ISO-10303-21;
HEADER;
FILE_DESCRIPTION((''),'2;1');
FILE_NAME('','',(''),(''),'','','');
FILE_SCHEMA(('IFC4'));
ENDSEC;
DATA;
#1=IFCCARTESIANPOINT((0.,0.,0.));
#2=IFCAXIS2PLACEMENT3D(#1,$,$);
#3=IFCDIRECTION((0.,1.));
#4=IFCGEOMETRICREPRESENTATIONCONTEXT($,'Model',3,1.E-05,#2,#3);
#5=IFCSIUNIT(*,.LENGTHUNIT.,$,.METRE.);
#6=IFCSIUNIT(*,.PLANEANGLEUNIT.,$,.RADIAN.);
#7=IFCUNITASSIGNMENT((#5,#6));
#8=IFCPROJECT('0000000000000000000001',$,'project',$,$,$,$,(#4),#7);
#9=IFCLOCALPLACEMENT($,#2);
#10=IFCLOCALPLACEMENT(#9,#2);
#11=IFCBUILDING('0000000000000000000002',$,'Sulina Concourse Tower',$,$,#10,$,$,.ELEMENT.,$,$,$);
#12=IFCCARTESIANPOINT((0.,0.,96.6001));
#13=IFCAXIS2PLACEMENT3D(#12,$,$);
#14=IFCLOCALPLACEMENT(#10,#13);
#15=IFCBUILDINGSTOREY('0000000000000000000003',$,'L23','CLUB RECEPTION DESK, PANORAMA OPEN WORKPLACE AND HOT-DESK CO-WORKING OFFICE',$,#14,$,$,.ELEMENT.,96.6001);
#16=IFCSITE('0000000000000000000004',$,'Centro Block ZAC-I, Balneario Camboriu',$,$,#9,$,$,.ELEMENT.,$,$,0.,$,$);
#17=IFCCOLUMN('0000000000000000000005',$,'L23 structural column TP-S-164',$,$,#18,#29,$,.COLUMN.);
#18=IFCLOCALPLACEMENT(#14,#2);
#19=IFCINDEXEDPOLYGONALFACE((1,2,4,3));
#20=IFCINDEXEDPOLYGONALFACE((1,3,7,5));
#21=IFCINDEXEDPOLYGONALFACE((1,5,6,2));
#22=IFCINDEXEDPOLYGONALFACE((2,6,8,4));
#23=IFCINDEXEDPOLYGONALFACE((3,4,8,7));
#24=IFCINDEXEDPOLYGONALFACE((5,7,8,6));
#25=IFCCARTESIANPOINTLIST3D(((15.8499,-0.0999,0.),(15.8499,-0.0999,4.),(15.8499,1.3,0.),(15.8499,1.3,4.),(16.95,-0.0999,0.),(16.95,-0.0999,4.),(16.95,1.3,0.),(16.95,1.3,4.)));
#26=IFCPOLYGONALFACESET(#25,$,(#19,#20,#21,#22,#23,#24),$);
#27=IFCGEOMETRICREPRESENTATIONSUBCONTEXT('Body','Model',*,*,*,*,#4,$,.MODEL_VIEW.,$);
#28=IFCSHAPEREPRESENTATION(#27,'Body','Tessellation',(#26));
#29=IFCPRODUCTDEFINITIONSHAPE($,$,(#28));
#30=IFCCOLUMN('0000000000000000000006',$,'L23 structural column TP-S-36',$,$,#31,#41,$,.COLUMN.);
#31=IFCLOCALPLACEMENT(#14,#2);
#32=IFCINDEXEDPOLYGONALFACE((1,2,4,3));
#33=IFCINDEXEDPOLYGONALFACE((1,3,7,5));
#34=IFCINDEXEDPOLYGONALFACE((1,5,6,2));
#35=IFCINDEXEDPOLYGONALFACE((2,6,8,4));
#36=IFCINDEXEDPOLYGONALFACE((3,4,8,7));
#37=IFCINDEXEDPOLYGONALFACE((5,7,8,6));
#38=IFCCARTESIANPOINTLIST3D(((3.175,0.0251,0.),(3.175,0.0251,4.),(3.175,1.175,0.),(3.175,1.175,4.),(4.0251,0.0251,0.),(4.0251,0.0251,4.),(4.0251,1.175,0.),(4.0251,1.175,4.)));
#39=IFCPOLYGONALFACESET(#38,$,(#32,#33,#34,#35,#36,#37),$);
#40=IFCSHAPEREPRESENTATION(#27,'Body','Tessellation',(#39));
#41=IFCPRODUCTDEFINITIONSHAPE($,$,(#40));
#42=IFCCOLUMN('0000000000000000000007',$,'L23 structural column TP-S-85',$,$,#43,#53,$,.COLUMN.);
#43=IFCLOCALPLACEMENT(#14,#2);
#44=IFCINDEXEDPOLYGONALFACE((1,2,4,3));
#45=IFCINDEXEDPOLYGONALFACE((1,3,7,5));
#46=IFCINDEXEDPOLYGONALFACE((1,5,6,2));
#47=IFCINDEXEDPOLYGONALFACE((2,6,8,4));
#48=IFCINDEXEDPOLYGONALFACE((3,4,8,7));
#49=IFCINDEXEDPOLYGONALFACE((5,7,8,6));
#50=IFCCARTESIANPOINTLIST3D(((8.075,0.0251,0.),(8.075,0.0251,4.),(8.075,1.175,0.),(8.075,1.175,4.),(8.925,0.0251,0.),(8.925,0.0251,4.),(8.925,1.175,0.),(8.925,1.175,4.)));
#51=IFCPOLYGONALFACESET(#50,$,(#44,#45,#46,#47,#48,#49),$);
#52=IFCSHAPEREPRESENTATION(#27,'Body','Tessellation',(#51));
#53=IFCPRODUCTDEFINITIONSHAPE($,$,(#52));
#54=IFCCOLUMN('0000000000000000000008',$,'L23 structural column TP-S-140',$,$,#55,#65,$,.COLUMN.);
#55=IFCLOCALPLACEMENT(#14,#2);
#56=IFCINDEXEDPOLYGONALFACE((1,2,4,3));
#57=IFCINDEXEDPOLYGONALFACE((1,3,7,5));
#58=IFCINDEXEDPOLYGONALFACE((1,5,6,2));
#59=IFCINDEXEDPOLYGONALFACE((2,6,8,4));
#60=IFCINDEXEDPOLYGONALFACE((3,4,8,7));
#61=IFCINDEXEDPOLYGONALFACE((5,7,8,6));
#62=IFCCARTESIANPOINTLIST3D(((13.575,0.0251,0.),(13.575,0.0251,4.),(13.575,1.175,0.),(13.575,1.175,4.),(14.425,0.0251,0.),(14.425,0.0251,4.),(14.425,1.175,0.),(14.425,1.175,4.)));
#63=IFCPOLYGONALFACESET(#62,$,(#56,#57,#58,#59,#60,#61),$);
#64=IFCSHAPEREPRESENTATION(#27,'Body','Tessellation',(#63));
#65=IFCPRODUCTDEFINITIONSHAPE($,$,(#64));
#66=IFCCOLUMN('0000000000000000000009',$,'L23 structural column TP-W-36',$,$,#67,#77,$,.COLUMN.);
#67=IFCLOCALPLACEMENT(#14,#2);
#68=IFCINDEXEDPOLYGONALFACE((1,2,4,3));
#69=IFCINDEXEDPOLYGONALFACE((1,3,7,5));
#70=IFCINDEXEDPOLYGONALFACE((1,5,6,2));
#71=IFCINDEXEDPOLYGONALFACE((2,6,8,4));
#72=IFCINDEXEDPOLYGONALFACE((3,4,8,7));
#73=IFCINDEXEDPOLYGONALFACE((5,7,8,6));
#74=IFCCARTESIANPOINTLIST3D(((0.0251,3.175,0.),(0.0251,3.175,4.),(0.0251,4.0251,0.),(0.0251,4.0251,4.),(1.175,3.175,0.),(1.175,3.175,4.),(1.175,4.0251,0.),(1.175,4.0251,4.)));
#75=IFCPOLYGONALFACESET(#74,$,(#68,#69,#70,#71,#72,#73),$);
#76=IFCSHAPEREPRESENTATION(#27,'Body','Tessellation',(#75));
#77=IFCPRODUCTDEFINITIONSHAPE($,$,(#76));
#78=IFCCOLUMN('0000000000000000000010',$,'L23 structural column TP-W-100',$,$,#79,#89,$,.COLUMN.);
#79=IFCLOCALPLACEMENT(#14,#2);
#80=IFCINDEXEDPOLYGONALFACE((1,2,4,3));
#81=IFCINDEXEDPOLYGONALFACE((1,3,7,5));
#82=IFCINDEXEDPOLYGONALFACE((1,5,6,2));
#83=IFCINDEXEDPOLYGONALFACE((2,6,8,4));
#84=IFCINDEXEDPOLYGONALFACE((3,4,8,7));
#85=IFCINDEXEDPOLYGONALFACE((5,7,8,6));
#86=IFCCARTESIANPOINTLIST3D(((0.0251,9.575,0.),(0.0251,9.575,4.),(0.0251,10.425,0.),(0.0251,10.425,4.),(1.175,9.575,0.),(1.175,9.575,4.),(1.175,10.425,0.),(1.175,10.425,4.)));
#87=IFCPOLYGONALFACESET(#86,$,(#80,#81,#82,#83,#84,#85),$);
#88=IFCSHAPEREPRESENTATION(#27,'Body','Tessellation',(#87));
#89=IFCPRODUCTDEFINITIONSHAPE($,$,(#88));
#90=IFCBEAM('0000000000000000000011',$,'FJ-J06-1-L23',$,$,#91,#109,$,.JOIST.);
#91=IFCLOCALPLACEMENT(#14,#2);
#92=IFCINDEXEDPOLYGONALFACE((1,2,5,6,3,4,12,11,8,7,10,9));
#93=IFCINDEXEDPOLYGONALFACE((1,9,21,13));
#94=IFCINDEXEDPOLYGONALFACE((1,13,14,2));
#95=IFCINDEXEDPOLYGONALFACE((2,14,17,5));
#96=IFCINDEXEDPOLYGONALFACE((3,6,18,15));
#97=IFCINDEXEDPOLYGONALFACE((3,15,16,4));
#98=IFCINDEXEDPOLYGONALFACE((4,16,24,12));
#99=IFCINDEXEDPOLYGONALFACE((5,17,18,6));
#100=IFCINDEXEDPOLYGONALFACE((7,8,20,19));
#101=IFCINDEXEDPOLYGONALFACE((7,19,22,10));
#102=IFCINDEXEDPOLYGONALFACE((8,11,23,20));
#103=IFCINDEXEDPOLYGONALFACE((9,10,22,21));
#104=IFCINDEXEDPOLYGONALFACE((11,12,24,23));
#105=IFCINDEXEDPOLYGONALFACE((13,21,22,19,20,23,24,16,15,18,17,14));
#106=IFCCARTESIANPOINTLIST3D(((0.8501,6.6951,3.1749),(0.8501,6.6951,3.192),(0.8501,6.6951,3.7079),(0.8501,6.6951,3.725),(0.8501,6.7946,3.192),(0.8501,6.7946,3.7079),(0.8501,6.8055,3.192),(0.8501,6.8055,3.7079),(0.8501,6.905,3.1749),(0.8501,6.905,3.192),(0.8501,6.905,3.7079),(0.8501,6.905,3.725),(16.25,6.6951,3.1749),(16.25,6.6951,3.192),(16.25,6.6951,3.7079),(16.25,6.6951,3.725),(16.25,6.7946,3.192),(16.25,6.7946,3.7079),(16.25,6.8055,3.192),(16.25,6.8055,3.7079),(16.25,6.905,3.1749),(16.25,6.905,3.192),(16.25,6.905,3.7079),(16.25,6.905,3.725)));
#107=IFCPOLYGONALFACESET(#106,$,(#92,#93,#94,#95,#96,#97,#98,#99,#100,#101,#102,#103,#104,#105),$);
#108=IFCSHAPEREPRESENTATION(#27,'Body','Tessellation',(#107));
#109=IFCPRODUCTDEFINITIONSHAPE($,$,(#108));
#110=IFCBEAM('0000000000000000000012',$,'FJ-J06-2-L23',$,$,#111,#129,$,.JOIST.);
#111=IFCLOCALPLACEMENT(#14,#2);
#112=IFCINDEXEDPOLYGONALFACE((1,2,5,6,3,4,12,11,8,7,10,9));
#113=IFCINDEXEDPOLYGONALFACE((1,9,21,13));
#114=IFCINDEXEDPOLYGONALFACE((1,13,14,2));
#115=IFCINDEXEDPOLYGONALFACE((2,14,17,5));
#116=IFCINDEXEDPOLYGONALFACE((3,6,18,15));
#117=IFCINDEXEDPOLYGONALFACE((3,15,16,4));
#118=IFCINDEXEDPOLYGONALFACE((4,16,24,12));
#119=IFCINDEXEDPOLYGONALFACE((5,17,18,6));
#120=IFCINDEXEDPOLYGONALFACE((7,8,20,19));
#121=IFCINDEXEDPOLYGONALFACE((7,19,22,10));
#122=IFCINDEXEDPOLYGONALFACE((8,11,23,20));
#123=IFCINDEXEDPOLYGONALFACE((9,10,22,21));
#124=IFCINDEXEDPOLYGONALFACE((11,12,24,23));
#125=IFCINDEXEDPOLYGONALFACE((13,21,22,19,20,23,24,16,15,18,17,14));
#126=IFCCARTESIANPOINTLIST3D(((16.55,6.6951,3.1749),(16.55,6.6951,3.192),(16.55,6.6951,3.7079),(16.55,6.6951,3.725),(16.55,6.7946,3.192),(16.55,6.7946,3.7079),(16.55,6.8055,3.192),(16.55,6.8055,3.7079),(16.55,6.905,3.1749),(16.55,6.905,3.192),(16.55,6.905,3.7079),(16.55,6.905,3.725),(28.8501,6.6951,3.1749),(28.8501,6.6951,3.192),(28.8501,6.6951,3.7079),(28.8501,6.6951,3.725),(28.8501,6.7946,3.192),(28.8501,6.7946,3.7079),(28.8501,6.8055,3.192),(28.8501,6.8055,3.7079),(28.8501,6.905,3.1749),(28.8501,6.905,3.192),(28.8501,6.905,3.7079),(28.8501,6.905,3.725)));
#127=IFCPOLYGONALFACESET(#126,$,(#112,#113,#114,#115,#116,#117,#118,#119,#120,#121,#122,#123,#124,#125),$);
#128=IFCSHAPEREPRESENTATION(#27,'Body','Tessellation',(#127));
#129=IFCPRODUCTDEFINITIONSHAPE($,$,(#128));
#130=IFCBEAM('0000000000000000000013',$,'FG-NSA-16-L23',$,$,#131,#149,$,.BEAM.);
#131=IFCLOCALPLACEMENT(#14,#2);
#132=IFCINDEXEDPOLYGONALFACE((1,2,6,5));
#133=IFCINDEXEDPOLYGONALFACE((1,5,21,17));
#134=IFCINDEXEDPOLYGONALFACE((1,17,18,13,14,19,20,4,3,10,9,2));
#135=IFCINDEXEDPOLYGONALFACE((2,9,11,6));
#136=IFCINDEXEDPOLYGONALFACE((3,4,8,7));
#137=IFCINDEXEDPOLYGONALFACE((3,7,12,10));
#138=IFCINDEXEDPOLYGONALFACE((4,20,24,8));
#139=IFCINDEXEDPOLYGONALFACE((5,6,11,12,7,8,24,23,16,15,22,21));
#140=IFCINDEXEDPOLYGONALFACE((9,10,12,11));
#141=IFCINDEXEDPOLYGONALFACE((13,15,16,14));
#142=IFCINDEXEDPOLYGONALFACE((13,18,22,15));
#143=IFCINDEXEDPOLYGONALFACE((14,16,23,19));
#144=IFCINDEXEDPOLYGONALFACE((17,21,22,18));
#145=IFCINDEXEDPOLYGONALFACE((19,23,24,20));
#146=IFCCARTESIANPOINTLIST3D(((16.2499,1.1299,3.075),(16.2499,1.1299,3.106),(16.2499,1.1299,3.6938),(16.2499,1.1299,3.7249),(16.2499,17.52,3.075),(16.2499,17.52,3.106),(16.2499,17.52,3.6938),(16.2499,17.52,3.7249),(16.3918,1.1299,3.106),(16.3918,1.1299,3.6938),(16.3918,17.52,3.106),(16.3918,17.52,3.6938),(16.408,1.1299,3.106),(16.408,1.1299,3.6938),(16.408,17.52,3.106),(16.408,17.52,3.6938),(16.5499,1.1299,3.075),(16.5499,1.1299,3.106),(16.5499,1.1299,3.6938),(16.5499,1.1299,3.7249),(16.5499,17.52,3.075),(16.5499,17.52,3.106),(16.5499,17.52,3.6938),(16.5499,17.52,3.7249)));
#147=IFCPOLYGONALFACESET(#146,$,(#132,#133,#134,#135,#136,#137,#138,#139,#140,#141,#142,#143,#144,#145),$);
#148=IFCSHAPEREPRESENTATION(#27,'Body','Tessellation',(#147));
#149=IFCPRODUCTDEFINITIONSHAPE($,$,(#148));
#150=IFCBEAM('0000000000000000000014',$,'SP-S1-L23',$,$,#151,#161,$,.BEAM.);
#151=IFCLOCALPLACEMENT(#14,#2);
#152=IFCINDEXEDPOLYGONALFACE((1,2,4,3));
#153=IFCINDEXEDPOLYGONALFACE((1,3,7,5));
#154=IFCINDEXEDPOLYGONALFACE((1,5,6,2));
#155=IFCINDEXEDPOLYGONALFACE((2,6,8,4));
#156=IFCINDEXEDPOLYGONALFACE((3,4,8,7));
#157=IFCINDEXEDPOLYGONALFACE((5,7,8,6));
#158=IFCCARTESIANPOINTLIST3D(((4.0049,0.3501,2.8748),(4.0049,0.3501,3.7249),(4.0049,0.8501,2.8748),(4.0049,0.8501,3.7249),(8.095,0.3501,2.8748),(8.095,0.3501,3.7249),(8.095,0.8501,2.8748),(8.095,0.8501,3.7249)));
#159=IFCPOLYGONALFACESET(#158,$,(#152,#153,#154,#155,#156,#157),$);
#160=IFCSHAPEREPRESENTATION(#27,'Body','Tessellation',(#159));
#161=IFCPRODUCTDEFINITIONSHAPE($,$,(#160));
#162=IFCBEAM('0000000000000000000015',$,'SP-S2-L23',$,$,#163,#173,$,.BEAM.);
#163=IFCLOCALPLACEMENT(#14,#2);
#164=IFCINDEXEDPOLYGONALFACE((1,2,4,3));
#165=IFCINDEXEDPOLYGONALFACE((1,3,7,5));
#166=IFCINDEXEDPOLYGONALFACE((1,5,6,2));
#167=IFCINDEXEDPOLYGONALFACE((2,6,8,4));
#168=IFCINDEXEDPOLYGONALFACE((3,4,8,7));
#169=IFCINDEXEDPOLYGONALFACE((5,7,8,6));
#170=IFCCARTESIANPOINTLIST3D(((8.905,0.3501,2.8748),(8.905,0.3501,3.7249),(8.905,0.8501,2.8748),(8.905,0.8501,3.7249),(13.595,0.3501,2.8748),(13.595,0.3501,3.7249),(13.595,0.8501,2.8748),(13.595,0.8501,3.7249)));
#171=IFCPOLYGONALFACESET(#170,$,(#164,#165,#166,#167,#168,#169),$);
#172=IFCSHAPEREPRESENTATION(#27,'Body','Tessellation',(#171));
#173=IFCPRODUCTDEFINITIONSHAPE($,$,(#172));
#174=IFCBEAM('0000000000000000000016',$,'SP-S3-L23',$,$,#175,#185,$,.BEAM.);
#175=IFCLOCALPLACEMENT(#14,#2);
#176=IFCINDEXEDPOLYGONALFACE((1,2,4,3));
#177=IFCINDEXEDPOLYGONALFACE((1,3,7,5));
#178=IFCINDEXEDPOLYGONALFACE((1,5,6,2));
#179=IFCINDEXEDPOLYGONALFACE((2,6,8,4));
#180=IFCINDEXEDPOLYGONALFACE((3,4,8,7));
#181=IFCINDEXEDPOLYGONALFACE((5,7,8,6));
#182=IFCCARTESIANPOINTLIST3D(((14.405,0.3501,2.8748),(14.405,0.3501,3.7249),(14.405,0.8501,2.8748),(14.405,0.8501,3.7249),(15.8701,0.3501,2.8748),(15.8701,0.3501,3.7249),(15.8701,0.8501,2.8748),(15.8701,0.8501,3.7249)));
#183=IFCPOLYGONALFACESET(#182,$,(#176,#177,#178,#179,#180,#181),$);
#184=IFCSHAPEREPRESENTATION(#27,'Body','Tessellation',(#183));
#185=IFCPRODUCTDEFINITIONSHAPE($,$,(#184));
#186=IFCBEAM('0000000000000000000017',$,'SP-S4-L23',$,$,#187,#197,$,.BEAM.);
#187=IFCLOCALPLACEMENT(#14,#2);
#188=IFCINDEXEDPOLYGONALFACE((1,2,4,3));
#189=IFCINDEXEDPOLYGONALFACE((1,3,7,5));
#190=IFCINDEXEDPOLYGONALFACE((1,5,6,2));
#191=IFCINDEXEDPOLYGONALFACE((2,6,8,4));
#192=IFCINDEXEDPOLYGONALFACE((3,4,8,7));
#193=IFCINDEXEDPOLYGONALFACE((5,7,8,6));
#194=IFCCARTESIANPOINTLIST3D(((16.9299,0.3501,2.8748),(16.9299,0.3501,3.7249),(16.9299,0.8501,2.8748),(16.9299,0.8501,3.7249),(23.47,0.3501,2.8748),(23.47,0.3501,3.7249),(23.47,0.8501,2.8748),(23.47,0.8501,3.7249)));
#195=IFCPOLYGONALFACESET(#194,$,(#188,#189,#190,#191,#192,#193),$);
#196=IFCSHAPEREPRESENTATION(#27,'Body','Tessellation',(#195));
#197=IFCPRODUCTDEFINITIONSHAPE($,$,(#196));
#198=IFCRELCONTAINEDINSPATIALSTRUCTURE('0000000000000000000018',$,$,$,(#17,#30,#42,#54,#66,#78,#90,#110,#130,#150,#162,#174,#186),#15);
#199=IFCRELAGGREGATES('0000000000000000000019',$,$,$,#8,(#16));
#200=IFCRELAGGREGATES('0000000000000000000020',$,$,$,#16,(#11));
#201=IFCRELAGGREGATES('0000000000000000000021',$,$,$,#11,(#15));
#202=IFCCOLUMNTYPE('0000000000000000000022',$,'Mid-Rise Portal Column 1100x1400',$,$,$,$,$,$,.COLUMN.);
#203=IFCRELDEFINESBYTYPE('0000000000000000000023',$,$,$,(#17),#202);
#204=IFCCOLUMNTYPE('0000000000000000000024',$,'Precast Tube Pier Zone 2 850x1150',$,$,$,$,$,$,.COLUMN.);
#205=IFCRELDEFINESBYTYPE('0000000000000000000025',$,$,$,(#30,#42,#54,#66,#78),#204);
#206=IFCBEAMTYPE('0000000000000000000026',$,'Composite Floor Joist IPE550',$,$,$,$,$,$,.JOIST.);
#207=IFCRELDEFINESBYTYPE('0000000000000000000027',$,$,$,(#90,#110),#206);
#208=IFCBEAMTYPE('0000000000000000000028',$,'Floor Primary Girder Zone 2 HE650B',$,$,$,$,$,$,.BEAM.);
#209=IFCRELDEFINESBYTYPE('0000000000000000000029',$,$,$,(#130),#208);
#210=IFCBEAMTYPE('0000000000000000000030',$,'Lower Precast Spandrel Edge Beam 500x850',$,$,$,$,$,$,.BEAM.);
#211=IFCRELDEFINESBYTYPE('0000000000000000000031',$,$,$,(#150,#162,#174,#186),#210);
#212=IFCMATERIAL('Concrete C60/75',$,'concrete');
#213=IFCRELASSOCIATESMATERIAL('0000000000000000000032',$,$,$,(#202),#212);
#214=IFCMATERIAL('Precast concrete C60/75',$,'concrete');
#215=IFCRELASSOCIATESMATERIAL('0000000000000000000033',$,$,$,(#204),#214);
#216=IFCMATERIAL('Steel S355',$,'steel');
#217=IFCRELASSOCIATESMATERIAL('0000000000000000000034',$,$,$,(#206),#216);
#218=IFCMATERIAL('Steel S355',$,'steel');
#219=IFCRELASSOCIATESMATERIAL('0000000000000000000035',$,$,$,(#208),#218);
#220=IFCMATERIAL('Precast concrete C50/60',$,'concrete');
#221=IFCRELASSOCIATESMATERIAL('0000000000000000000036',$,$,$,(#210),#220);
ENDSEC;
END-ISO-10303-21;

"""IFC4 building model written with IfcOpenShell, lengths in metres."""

from ifc_helpers import new_model, si_unit, direction, frame, origin, origin_2d, place, context, subcontext, project, spatial, rectangle, i_section, extrude, material, material_profile, profile_set, type_object, element, save


model = new_model("IFC4")

# Units and contexts
model_context = context("Model", 3, precision=1e-05, world=origin(), true_north=direction((0.0, 1.0)))
body_context = subcontext(model_context, "Body", "Model", "MODEL_VIEW")
ifc_project = project(units=[si_unit("LENGTHUNIT", "METRE"), si_unit("PLANEANGLEUNIT", "RADIAN")], contexts=[model_context])

# Site, building, storey
site_placement = place(None, origin())
site = spatial("IfcSite", under=ifc_project, at=site_placement, Name="Centro Block ZAC-I, Balneario Camboriu", CompositionType="ELEMENT", RefElevation=0.0)
building_placement = place(site_placement, origin())
building = spatial("IfcBuilding", under=site, at=building_placement, Name="Sulina Concourse Tower", CompositionType="ELEMENT")
storey_placement = place(building_placement, frame((0.0, 0.0, 96.6001)))
storey = spatial("IfcBuildingStorey", under=building, at=storey_placement, Name="L23", Description="CLUB RECEPTION DESK, PANORAMA OPEN WORKPLACE AND HOT-DESK CO-WORKING OFFICE", CompositionType="ELEMENT", Elevation=96.6001)

# Columns
ifc_material_1 = material(Name="Concrete C60/75", Category="concrete")
ifc_material_profile_1 = material_profile(ifc_material_1, rectangle(XDim=1.1001, YDim=1.3999, at=origin_2d()), Name="RC 1100x1400")
ifc_profile_set_1 = profile_set([ifc_material_profile_1], Name="Concrete C60/75")
column_type_1 = type_object("IfcColumnType", Name="Mid-Rise Portal Column 1100x1400", PredefinedType="COLUMN", material=ifc_profile_set_1)
column_placement = place(storey_placement, frame((16.3999, 0.6001, 0.0), z_axis=(0.0, 0.0, 1.0), x_axis=(1.0, 0.0, 0.0)))
element("IfcColumn", 1, at=column_placement, inside=storey, type_object=column_type_1, Name="L23 structural column TP-S-164", PredefinedType="COLUMN", context=body_context, shape_type="SweptSolid", body=[
    extrude(rectangle(XDim=1.1001, YDim=1.3999, at=origin_2d()), origin(), (0.0, 0.0, 1.0), 4.0),
])
ifc_material_2 = material(Name="Precast concrete C60/75", Category="concrete")
ifc_material_profile_2 = material_profile(ifc_material_2, rectangle(XDim=0.8501, YDim=1.1499, at=origin_2d()), Name="PC 850x1150")
ifc_profile_set_2 = profile_set([ifc_material_profile_2], Name="Precast concrete C60/75")
column_type_2 = type_object("IfcColumnType", Name="Precast Tube Pier Zone 2 850x1150", PredefinedType="COLUMN", material=ifc_profile_set_2)
for number, where, z_axis, x_axis, name in (
    (2, (3.6001, 0.6001, 0.0), (0.0, 0.0, 1.0), (1.0, 0.0, 0.0), "L23 structural column TP-S-36"),
    (3, (8.5, 0.6001, 0.0), (0.0, 0.0, 1.0), (1.0, 0.0, 0.0), "L23 structural column TP-S-85"),
    (4, (14.0, 0.6001, 0.0), (0.0, 0.0, 1.0), (1.0, 0.0, 0.0), "L23 structural column TP-S-140"),
    (5, (0.6001, 3.6001, 0.0), (0.0, 0.0, 1.0), (0.0, 1.0, 0.0), "L23 structural column TP-W-36"),
    (6, (0.6001, 10.0, 0.0), (0.0, 0.0, 1.0), (0.0, 1.0, 0.0), "L23 structural column TP-W-100"),
):
    element("IfcColumn", number, at=place(storey_placement, frame(where, z_axis=z_axis, x_axis=x_axis)), inside=storey, type_object=column_type_2, Name=name, PredefinedType="COLUMN", context=body_context, shape_type="SweptSolid", body=[
        extrude(rectangle(XDim=0.8501, YDim=1.1499, at=origin_2d()), origin(), (0.0, 0.0, 1.0), 4.0),
    ])

# Beams
ifc_material_3 = material(Name="Steel S355", Category="steel")
ifc_material_profile_3 = material_profile(ifc_material_3, i_section(OverallWidth=0.21, OverallDepth=0.55, WebThickness=0.011, FlangeThickness=0.0171, at=origin_2d()), Name="IPE 550")
ifc_profile_set_3 = profile_set([ifc_material_profile_3], Name="Steel S355")
beam_type_1 = type_object("IfcBeamType", Name="Composite Floor Joist IPE550", PredefinedType="JOIST", material=ifc_profile_set_3)
beam_1_placement = place(storey_placement, frame((0.8501, 6.8, 3.45), z_axis=(1.0, 0.0, 0.0), x_axis=(0.0, 1.0, 0.0)))
element("IfcBeam", 7, at=beam_1_placement, inside=storey, type_object=beam_type_1, Name="FJ-J06-1-L23", PredefinedType="JOIST", context=body_context, shape_type="SweptSolid", body=[
    extrude(i_section(OverallWidth=0.21, OverallDepth=0.55, WebThickness=0.011, FlangeThickness=0.0171, at=origin_2d()), origin(), (0.0, 0.0, 1.0), 15.3999),
])
beam_2_placement = place(storey_placement, frame((16.55, 6.8, 3.45), z_axis=(1.0, 0.0, 0.0), x_axis=(0.0, 1.0, 0.0)))
element("IfcBeam", 8, at=beam_2_placement, inside=storey, type_object=beam_type_1, Name="FJ-J06-2-L23", PredefinedType="JOIST", context=body_context, shape_type="SweptSolid", body=[
    extrude(i_section(OverallWidth=0.21, OverallDepth=0.55, WebThickness=0.011, FlangeThickness=0.0171, at=origin_2d()), origin(), (0.0, 0.0, 1.0), 12.3),
])
ifc_material_4 = material(Name="Steel S355", Category="steel")
ifc_material_profile_4 = material_profile(ifc_material_4, i_section(OverallWidth=0.3, OverallDepth=0.6499, WebThickness=0.0161, FlangeThickness=0.031, at=origin_2d()), Name="HE 650 B")
ifc_profile_set_4 = profile_set([ifc_material_profile_4], Name="Steel S355")
beam_type_2 = type_object("IfcBeamType", Name="Floor Primary Girder Zone 2 HE650B", PredefinedType="BEAM", material=ifc_profile_set_4)
beam_3_placement = place(storey_placement, frame((16.3999, 1.1299, 3.3999), z_axis=(0.0, 1.0, 0.0), x_axis=(-1.0, 0.0, 0.0)))
element("IfcBeam", 9, at=beam_3_placement, inside=storey, type_object=beam_type_2, Name="FG-NSA-16-L23", PredefinedType="BEAM", context=body_context, shape_type="SweptSolid", body=[
    extrude(i_section(OverallWidth=0.3, OverallDepth=0.6499, WebThickness=0.0161, FlangeThickness=0.031, at=origin_2d()), origin(), (0.0, 0.0, 1.0), 16.3901),
])
ifc_material_5 = material(Name="Precast concrete C50/60", Category="concrete")
ifc_material_profile_5 = material_profile(ifc_material_5, rectangle(XDim=0.5, YDim=0.8501, at=origin_2d()), Name="RC 500x850")
ifc_profile_set_5 = profile_set([ifc_material_profile_5], Name="Precast concrete C50/60")
beam_type_3 = type_object("IfcBeamType", Name="Lower Precast Spandrel Edge Beam 500x850", PredefinedType="BEAM", material=ifc_profile_set_5)
beam_4_placement = place(storey_placement, frame((4.0049, 0.6001, 3.2998), z_axis=(1.0, 0.0, 0.0), x_axis=(0.0, 1.0, 0.0)))
element("IfcBeam", 10, at=beam_4_placement, inside=storey, type_object=beam_type_3, Name="SP-S1-L23", PredefinedType="BEAM", context=body_context, shape_type="SweptSolid", body=[
    extrude(rectangle(XDim=0.5, YDim=0.8501, at=origin_2d()), origin(), (0.0, 0.0, 1.0), 4.0901),
])
beam_5_placement = place(storey_placement, frame((8.905, 0.6001, 3.2998), z_axis=(1.0, 0.0, 0.0), x_axis=(0.0, 1.0, 0.0)))
element("IfcBeam", 11, at=beam_5_placement, inside=storey, type_object=beam_type_3, Name="SP-S2-L23", PredefinedType="BEAM", context=body_context, shape_type="SweptSolid", body=[
    extrude(rectangle(XDim=0.5, YDim=0.8501, at=origin_2d()), origin(), (0.0, 0.0, 1.0), 4.6899),
])
beam_6_placement = place(storey_placement, frame((14.405, 0.6001, 3.2998), z_axis=(1.0, 0.0, 0.0), x_axis=(0.0, 1.0, 0.0)))
element("IfcBeam", 12, at=beam_6_placement, inside=storey, type_object=beam_type_3, Name="SP-S3-L23", PredefinedType="BEAM", context=body_context, shape_type="SweptSolid", body=[
    extrude(rectangle(XDim=0.5, YDim=0.8501, at=origin_2d()), origin(), (0.0, 0.0, 1.0), 1.4651),
])
beam_7_placement = place(storey_placement, frame((16.9299, 0.6001, 3.2998), z_axis=(1.0, 0.0, 0.0), x_axis=(0.0, 1.0, 0.0)))
element("IfcBeam", 13, at=beam_7_placement, inside=storey, type_object=beam_type_3, Name="SP-S4-L23", PredefinedType="BEAM", context=body_context, shape_type="SweptSolid", body=[
    extrude(rectangle(XDim=0.5, YDim=0.8501, at=origin_2d()), origin(), (0.0, 0.0, 1.0), 6.54),
])

save(model, "model.ifc")
